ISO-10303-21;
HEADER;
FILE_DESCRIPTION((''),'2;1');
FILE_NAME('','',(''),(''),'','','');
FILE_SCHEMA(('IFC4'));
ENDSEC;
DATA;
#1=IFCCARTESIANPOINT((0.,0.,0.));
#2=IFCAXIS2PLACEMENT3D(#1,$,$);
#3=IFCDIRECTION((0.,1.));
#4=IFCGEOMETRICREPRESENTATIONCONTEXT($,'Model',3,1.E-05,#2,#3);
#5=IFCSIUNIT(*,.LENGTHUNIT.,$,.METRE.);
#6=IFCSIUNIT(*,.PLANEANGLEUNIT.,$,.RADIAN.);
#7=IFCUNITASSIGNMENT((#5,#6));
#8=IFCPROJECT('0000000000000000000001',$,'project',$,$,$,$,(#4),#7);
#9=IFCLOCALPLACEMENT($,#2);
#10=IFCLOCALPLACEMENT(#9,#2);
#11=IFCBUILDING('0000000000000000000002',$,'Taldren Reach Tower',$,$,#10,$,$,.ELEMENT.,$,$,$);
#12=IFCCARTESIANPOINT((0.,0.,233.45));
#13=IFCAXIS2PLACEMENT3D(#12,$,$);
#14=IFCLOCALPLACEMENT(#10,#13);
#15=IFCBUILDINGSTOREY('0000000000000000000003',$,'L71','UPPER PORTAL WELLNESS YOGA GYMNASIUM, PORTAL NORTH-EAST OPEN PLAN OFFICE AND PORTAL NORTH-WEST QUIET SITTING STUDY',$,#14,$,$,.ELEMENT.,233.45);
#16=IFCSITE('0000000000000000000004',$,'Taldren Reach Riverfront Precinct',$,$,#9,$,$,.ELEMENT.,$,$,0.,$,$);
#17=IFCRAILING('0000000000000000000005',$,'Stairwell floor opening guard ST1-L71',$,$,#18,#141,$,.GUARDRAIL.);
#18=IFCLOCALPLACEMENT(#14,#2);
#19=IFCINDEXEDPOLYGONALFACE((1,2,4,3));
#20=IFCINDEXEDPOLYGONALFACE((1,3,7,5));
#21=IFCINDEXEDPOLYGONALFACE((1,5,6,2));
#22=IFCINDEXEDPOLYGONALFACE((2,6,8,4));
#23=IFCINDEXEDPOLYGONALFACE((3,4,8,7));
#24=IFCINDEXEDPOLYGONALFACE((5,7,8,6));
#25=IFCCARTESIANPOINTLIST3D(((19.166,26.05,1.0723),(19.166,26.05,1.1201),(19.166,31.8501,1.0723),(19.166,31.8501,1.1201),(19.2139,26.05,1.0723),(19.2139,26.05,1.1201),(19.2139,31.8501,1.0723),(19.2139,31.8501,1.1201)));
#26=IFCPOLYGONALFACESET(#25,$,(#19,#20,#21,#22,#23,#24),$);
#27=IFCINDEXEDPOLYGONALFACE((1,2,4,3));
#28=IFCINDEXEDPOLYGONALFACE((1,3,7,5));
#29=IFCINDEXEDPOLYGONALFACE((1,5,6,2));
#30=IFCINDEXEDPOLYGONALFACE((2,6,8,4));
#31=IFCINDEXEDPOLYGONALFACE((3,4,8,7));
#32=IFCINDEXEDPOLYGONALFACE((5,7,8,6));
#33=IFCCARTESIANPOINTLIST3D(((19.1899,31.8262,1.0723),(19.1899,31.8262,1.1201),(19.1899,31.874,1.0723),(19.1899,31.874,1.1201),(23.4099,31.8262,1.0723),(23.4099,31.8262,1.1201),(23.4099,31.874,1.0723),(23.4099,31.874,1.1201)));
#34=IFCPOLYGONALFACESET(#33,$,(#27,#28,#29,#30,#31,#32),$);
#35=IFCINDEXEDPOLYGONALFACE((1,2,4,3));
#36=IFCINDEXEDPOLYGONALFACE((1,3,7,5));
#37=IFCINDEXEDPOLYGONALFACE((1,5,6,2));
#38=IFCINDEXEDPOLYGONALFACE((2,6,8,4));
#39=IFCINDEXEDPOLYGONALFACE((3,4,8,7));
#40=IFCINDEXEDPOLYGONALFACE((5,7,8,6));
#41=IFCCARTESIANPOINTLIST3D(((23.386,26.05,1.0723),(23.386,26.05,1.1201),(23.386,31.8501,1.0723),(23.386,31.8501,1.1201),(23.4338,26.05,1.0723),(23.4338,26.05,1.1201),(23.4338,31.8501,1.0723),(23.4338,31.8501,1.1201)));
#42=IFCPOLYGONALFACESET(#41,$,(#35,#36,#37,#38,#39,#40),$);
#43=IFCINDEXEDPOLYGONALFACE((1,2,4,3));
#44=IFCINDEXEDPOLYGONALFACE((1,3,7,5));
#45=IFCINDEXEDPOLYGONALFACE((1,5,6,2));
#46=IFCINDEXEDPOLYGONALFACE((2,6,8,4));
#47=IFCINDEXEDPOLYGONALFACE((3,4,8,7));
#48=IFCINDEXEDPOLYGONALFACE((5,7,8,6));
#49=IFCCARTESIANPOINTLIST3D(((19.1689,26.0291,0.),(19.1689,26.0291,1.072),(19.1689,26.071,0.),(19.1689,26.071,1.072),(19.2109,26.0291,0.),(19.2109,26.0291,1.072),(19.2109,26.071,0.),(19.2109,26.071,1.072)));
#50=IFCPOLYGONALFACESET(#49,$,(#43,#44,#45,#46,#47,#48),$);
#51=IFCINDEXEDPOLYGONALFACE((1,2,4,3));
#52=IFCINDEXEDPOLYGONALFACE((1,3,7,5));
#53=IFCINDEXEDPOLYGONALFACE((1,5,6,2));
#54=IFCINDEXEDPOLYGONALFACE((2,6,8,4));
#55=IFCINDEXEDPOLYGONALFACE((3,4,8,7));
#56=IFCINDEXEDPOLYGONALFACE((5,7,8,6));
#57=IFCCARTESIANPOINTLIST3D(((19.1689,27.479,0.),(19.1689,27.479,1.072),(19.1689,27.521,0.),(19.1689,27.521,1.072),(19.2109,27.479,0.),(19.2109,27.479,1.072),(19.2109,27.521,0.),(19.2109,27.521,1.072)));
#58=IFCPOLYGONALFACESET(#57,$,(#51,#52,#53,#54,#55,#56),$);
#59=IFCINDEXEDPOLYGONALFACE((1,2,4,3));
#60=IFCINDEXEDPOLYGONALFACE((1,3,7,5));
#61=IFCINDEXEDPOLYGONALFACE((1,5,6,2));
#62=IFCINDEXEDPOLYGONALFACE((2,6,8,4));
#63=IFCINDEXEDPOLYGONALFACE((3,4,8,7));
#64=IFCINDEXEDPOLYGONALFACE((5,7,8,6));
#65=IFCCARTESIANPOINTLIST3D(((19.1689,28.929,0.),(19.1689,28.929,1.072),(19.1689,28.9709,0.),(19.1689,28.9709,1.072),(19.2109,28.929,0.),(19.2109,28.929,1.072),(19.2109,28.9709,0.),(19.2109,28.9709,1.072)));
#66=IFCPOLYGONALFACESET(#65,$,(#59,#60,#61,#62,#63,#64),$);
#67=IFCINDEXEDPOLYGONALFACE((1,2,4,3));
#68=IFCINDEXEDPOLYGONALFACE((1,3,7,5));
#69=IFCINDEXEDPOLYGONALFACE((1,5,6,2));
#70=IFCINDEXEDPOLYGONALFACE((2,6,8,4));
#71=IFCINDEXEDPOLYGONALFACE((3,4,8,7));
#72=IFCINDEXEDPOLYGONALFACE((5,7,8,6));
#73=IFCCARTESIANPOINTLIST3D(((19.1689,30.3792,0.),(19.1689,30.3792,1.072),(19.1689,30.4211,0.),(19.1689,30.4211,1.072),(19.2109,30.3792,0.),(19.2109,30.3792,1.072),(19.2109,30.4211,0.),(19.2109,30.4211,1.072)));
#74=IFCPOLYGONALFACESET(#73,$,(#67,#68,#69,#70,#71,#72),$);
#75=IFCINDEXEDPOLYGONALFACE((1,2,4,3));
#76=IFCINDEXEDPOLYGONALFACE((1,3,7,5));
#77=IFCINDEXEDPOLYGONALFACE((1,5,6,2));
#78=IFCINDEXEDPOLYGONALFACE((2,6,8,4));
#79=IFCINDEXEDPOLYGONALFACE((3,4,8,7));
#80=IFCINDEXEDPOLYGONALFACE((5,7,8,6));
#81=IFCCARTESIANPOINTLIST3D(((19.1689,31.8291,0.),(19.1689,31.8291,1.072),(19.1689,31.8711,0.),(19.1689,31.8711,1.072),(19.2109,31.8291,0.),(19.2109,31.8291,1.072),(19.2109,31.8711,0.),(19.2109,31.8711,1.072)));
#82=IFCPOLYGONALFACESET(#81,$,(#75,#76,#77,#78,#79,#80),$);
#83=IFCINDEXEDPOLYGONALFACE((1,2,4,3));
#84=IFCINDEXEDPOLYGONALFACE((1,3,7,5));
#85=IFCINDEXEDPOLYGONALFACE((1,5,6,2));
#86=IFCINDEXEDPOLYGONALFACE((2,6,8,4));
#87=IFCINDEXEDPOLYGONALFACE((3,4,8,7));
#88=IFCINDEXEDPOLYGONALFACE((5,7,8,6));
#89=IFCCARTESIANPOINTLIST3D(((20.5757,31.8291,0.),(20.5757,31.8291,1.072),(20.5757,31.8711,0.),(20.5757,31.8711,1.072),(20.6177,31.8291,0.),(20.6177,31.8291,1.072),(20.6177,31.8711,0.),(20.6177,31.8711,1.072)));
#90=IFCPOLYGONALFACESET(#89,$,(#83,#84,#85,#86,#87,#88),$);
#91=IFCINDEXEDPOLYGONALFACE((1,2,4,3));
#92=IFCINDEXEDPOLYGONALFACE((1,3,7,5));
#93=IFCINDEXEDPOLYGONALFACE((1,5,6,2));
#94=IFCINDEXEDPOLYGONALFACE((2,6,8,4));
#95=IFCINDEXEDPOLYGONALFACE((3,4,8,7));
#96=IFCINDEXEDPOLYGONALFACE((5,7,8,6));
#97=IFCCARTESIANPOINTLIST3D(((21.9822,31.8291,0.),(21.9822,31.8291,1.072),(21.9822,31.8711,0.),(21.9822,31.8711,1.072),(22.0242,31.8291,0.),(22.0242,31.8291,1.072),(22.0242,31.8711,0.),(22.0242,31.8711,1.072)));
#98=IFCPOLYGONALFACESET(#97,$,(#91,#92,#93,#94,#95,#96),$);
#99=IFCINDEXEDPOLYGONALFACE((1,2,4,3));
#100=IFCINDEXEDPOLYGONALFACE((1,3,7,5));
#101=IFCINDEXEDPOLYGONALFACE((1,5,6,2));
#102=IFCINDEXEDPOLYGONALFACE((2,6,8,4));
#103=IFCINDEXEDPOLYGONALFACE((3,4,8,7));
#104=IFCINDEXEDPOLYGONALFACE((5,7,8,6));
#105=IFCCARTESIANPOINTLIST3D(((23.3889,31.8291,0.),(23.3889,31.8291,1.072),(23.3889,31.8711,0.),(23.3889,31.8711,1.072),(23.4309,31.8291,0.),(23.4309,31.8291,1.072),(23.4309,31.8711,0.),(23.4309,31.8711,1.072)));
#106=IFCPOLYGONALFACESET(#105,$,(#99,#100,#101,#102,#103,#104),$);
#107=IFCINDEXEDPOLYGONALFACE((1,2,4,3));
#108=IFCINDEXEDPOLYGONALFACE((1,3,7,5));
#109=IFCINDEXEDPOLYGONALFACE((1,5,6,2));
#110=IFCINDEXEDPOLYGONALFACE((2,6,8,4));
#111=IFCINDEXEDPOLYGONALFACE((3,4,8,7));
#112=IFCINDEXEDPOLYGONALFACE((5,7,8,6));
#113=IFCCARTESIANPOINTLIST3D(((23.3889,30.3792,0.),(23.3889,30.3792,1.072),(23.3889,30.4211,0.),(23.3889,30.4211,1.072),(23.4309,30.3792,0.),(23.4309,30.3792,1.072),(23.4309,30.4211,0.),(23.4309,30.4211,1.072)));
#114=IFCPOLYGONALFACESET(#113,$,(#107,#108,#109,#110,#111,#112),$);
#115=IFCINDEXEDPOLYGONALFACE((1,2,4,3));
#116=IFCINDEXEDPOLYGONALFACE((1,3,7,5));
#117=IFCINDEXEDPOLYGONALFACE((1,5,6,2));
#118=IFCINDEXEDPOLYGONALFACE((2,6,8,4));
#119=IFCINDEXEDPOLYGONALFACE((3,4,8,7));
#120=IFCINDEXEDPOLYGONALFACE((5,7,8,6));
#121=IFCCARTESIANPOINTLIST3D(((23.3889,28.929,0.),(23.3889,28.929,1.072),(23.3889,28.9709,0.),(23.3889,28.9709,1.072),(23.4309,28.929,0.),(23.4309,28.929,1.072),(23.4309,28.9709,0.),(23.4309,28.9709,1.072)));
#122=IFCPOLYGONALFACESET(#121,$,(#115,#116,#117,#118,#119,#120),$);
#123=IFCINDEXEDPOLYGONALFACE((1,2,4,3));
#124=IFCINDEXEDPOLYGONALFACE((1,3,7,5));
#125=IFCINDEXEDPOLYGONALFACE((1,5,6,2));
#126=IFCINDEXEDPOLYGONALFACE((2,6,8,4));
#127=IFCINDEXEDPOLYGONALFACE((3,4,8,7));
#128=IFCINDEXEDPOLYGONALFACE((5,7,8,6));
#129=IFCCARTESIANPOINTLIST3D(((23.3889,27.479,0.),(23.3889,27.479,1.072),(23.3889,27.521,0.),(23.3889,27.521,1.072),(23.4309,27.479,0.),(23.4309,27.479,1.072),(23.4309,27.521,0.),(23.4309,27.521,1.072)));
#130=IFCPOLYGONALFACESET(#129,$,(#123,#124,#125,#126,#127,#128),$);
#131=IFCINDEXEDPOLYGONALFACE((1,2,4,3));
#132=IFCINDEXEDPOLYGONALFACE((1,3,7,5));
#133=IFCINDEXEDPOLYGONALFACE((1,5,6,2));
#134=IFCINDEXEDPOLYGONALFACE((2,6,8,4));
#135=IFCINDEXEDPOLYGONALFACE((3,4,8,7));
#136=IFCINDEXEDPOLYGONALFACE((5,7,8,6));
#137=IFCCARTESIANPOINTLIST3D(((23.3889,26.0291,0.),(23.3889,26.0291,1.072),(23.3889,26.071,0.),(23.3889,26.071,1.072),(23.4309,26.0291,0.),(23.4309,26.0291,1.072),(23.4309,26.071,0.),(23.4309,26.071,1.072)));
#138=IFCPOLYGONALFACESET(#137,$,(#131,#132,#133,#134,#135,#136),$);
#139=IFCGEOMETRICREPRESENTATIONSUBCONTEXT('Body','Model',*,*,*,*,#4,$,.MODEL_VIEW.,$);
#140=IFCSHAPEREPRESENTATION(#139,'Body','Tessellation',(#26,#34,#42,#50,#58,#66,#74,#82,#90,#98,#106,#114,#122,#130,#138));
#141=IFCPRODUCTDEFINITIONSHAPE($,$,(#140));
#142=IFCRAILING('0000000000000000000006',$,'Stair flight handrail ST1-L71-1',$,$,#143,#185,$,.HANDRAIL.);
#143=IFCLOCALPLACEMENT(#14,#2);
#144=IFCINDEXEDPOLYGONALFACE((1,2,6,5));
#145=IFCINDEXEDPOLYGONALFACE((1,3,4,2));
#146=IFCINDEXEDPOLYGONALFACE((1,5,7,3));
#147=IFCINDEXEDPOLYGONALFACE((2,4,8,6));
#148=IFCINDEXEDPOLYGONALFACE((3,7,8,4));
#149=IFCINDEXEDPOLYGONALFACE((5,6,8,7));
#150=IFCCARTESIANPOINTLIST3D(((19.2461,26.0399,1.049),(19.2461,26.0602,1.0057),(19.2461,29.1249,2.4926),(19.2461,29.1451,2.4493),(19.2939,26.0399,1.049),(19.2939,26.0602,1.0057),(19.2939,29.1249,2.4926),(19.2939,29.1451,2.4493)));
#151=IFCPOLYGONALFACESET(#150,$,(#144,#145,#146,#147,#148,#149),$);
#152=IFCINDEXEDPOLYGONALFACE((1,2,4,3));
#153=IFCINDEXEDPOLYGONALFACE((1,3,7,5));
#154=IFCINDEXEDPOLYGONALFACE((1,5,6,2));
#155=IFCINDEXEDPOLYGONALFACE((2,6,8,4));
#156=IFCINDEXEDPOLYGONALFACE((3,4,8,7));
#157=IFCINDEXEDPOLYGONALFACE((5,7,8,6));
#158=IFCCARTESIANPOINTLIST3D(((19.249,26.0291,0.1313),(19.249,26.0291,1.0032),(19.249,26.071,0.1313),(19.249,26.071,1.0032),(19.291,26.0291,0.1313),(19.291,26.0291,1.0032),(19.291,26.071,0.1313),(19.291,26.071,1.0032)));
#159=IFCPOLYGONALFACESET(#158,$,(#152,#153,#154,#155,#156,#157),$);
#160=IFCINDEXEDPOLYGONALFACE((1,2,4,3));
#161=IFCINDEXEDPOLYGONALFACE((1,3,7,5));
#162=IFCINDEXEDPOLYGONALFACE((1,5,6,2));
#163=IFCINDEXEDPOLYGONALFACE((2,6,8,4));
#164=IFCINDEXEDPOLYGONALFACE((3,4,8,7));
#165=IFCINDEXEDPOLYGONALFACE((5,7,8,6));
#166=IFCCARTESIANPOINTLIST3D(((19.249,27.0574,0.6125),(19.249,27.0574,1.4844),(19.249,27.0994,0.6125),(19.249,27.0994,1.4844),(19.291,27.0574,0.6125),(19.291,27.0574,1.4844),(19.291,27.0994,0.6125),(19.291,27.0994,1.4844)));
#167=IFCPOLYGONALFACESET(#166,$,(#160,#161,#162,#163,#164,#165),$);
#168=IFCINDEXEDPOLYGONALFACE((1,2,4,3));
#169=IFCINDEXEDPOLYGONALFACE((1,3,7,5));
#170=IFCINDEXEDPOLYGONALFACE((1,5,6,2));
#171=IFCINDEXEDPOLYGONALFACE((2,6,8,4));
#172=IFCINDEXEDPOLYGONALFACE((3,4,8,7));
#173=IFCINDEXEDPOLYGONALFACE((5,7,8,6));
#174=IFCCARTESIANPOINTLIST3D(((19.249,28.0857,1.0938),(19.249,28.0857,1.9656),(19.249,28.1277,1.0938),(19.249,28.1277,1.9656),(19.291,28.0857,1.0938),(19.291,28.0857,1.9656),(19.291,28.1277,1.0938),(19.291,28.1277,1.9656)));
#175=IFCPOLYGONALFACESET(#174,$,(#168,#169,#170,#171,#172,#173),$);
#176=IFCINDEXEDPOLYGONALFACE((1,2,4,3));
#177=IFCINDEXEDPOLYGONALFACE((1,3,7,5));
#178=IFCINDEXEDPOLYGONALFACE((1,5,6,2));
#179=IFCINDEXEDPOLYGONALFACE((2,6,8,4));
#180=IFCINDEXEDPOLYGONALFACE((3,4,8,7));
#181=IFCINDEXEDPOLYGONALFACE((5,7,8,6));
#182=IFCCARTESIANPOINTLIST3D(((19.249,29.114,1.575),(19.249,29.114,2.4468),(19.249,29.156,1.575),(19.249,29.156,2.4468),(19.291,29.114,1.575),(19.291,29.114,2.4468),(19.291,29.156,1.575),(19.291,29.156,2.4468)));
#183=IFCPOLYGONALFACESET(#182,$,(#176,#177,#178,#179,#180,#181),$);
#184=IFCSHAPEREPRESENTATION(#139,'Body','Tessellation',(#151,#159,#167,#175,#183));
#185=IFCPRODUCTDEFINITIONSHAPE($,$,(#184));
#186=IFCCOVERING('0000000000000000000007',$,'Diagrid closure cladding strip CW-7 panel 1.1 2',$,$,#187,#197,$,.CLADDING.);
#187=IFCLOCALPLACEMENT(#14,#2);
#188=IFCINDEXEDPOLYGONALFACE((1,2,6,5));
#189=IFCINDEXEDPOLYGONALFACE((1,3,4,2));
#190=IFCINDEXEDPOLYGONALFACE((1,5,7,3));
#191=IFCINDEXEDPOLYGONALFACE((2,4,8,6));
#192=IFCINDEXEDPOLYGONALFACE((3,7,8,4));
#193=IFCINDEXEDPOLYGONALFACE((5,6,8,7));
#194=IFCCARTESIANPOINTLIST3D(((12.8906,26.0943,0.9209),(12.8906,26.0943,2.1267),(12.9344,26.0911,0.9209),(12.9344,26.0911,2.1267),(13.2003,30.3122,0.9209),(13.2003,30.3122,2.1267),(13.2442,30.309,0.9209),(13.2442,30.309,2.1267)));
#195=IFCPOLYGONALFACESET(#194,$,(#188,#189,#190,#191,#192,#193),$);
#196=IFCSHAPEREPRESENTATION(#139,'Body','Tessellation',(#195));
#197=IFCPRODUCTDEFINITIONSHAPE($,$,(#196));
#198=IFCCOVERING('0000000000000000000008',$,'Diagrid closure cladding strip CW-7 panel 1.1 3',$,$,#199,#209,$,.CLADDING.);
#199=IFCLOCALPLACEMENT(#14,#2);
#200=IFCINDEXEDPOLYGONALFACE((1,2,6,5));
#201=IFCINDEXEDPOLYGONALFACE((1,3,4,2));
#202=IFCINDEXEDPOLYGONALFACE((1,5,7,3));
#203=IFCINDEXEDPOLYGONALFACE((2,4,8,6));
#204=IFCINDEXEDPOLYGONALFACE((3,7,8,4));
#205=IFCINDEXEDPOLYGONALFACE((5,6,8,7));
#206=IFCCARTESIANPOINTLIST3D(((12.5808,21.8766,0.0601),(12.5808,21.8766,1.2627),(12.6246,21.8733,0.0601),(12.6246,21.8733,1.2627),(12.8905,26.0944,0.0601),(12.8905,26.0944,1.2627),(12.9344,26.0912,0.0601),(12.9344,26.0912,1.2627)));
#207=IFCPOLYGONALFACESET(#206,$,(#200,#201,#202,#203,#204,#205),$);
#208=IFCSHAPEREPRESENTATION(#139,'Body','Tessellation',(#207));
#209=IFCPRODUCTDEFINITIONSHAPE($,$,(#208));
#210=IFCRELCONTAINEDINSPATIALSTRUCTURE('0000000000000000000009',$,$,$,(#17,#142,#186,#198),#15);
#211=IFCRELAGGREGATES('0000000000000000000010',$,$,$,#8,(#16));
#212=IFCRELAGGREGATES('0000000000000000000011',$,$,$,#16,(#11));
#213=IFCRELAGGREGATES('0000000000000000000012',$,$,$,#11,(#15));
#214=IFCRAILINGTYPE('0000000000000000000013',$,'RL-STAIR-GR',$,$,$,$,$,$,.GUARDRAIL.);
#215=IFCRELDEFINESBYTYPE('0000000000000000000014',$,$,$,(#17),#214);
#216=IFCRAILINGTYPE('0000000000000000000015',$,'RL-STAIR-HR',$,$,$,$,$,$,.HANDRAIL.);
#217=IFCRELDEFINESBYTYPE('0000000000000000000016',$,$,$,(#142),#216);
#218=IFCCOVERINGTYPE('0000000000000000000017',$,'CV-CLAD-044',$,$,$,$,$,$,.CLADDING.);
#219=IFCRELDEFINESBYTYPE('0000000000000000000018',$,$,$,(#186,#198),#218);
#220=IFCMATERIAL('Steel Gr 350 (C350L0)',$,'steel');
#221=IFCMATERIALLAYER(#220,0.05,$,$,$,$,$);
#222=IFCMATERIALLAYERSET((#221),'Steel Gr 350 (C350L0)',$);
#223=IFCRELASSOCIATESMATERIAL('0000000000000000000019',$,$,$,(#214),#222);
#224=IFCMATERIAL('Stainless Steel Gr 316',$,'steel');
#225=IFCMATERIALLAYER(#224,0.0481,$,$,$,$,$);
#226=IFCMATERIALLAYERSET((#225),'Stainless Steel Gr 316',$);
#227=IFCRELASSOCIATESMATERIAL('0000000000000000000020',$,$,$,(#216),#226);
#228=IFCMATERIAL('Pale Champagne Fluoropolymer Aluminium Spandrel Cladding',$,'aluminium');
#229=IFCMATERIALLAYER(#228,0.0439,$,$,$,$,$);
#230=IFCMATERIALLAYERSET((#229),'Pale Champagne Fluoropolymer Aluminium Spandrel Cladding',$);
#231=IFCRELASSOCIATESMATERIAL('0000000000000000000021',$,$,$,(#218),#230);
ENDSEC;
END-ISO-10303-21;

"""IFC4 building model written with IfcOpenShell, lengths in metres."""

from ifc_helpers import new_model, si_unit, direction, frame, origin, origin_2d, place, context, subcontext, project, spatial, rectangle, extrude, source, transform, mapped, material, layer, layer_set, type_object, element, save


model = new_model("IFC4")

# Units and contexts
model_context = context("Model", 3, precision=1e-05, world=origin(), true_north=direction((0.0, 1.0)))
body_context = subcontext(model_context, "Body", "Model", "MODEL_VIEW")
ifc_project = project(units=[si_unit("LENGTHUNIT", "METRE"), si_unit("PLANEANGLEUNIT", "RADIAN")], contexts=[model_context])

# Site, building, storey
site_placement = place(None, origin())
site = spatial("IfcSite", under=ifc_project, at=site_placement, Name="Taldren Reach Riverfront Precinct", CompositionType="ELEMENT", RefElevation=0.0)
building_placement = place(site_placement, origin())
building = spatial("IfcBuilding", under=site, at=building_placement, Name="Taldren Reach Tower", CompositionType="ELEMENT")
storey_placement = place(building_placement, frame((0.0, 0.0, 233.45)))
storey = spatial("IfcBuildingStorey", under=building, at=storey_placement, Name="L71", Description="UPPER PORTAL WELLNESS YOGA GYMNASIUM, PORTAL NORTH-EAST OPEN PLAN OFFICE AND PORTAL NORTH-WEST QUIET SITTING STUDY", CompositionType="ELEMENT", Elevation=233.45)

# Shared definitions
ifc_material_1 = material(Name="Steel Gr 350 (C350L0)", Category="steel")

# Railings
ifc_layer_1 = layer(ifc_material_1, 0.05)
ifc_layer_set_1 = layer_set([ifc_layer_1], Name="Steel Gr 350 (C350L0)")
railing_type_1 = type_object("IfcRailingType", Name="RL-STAIR-GR", PredefinedType="GUARDRAIL", material=ifc_layer_set_1)
railing_1_placement = place(storey_placement, frame((19.1899, 26.05, 0.0)))
element("IfcRailing", 1, at=railing_1_placement, inside=storey, type_object=railing_type_1, Name="Stairwell floor opening guard ST1-L71", PredefinedType="GUARDRAIL", context=body_context, shape_type="SweptSolid", body=[
    extrude(rectangle(XDim=0.0479, YDim=0.0479, at=origin_2d()), frame((0.0, 0.0, 1.0962), z_axis=(0.0, 1.0, 0.0), x_axis=(-1.0, 0.0, 0.0)), (0.0, 0.0, 1.0), 5.8),
    extrude(rectangle(XDim=0.0479, YDim=0.0479, at=origin_2d()), frame((0.0, 5.8, 1.0962), z_axis=(1.0, 0.0, 0.0), x_axis=(0.0, 1.0, 0.0)), (0.0, 0.0, 1.0), 4.22),
    extrude(rectangle(XDim=0.0479, YDim=0.0479, at=origin_2d()), frame((4.22, 5.8, 1.0962), z_axis=(0.0, -1.0, 0.0), x_axis=(1.0, 0.0, 0.0)), (0.0, 0.0, 1.0), 5.8),
    extrude(rectangle(XDim=0.042, YDim=0.042, at=origin_2d()), origin(), (0.0, 0.0, 1.0), 1.072),
    extrude(rectangle(XDim=0.042, YDim=0.042, at=origin_2d()), frame((0.0, 1.45, 0.0)), (0.0, 0.0, 1.0), 1.072),
    extrude(rectangle(XDim=0.042, YDim=0.042, at=origin_2d()), frame((0.0, 2.8999, 0.0)), (0.0, 0.0, 1.0), 1.072),
    extrude(rectangle(XDim=0.042, YDim=0.042, at=origin_2d()), frame((0.0, 4.3501, 0.0)), (0.0, 0.0, 1.0), 1.072),
    extrude(rectangle(XDim=0.042, YDim=0.042, at=origin_2d()), frame((0.0, 5.8, 0.0)), (0.0, 0.0, 1.0), 1.072),
    extrude(rectangle(XDim=0.042, YDim=0.042, at=origin_2d()), frame((1.4067, 5.8, 0.0)), (0.0, 0.0, 1.0), 1.072),
    extrude(rectangle(XDim=0.042, YDim=0.042, at=origin_2d()), frame((2.8132, 5.8, 0.0)), (0.0, 0.0, 1.0), 1.072),
    extrude(rectangle(XDim=0.042, YDim=0.042, at=origin_2d()), frame((4.22, 5.8, 0.0)), (0.0, 0.0, 1.0), 1.072),
    extrude(rectangle(XDim=0.042, YDim=0.042, at=origin_2d()), frame((4.22, 4.3501, 0.0)), (0.0, 0.0, 1.0), 1.072),
    extrude(rectangle(XDim=0.042, YDim=0.042, at=origin_2d()), frame((4.22, 2.8999, 0.0)), (0.0, 0.0, 1.0), 1.072),
    extrude(rectangle(XDim=0.042, YDim=0.042, at=origin_2d()), frame((4.22, 1.45, 0.0)), (0.0, 0.0, 1.0), 1.072),
    extrude(rectangle(XDim=0.042, YDim=0.042, at=origin_2d()), frame((4.22, 0.0, 0.0)), (0.0, 0.0, 1.0), 1.072),
])
ifc_material_2 = material(Name="Stainless Steel Gr 316", Category="steel")
ifc_layer_2 = layer(ifc_material_2, 0.0481)
ifc_layer_set_2 = layer_set([ifc_layer_2], Name="Stainless Steel Gr 316")
railing_type_2 = type_object("IfcRailingType", Name="RL-STAIR-HR", PredefinedType="HANDRAIL", material=ifc_layer_set_2)
railing_2_placement = place(storey_placement, frame((19.27, 26.05, 0.1313)))
element("IfcRailing", 2, at=railing_2_placement, inside=storey, type_object=railing_type_2, Name="Stair flight handrail ST1-L71-1", PredefinedType="HANDRAIL", context=body_context, shape_type="SweptSolid", body=[
    extrude(rectangle(XDim=0.0479, YDim=0.0479, at=origin_2d()), frame((0.0, 0.0, 0.896), z_axis=(0.0, 0.905738, 0.423839), x_axis=(-1.0, 0.0, 0.0)), (0.0, 0.0, 1.0), 3.406),
    extrude(rectangle(XDim=0.042, YDim=0.042, at=origin_2d()), origin(), (0.0, 0.0, 1.0), 0.8718),
    extrude(rectangle(XDim=0.042, YDim=0.042, at=origin_2d()), frame((0.0, 1.0283, 0.4812)), (0.0, 0.0, 1.0), 0.8718),
    extrude(rectangle(XDim=0.042, YDim=0.042, at=origin_2d()), frame((0.0, 2.0566, 0.9624)), (0.0, 0.0, 1.0), 0.8718),
    extrude(rectangle(XDim=0.042, YDim=0.042, at=origin_2d()), frame((0.0, 3.085, 1.4436)), (0.0, 0.0, 1.0), 0.8718),
])

# Coverings
ifc_material_3 = material(Name="Pale Champagne Fluoropolymer Aluminium Spandrel Cladding", Category="aluminium")
ifc_layer_3 = layer(ifc_material_3, 0.0439)
ifc_layer_set_3 = layer_set([ifc_layer_3], Name="Pale Champagne Fluoropolymer Aluminium Spandrel Cladding")
covering_type = type_object("IfcCoveringType", Name="CV-CLAD-044", PredefinedType="CLADDING", material=ifc_layer_set_3)
shared_shape_1 = source(origin(), body_context, "Body", "SweptSolid", [
    extrude(rectangle(XDim=4.2292, YDim=0.0439, at=origin_2d()), origin(), (0.0, 0.0, 1.0), 1.2058),
])
covering_1_placement = place(storey_placement, frame((13.0674, 28.2017, 0.9209), z_axis=(0.0, 0.0, 1.0), x_axis=(-0.073238, -0.997314, 0.0)))
element("IfcCovering", 3, at=covering_1_placement, inside=storey, type_object=covering_type, Name="Diagrid closure cladding strip CW-7 panel 1.1 2", PredefinedType="CLADDING", context=body_context, shape_type="MappedRepresentation", body=[
    mapped(shared_shape_1, transform((0.0, 0.0, 0.0), scale=1.0)),
])
shared_shape_2 = source(origin(), body_context, "Body", "SweptSolid", [
    extrude(rectangle(XDim=4.2292, YDim=0.0439, at=origin_2d()), origin(), (0.0, 0.0, 1.0), 1.2026),
])
covering_2_placement = place(storey_placement, frame((12.7576, 23.9839, 0.0601), z_axis=(0.0, 0.0, 1.0), x_axis=(-0.073238, -0.997314, 0.0)))
element("IfcCovering", 4, at=covering_2_placement, inside=storey, type_object=covering_type, Name="Diagrid closure cladding strip CW-7 panel 1.1 3", PredefinedType="CLADDING", context=body_context, shape_type="MappedRepresentation", body=[
    mapped(shared_shape_2, transform((0.0, 0.0, 0.0), scale=1.0)),
])

save(model, "model.ifc")
